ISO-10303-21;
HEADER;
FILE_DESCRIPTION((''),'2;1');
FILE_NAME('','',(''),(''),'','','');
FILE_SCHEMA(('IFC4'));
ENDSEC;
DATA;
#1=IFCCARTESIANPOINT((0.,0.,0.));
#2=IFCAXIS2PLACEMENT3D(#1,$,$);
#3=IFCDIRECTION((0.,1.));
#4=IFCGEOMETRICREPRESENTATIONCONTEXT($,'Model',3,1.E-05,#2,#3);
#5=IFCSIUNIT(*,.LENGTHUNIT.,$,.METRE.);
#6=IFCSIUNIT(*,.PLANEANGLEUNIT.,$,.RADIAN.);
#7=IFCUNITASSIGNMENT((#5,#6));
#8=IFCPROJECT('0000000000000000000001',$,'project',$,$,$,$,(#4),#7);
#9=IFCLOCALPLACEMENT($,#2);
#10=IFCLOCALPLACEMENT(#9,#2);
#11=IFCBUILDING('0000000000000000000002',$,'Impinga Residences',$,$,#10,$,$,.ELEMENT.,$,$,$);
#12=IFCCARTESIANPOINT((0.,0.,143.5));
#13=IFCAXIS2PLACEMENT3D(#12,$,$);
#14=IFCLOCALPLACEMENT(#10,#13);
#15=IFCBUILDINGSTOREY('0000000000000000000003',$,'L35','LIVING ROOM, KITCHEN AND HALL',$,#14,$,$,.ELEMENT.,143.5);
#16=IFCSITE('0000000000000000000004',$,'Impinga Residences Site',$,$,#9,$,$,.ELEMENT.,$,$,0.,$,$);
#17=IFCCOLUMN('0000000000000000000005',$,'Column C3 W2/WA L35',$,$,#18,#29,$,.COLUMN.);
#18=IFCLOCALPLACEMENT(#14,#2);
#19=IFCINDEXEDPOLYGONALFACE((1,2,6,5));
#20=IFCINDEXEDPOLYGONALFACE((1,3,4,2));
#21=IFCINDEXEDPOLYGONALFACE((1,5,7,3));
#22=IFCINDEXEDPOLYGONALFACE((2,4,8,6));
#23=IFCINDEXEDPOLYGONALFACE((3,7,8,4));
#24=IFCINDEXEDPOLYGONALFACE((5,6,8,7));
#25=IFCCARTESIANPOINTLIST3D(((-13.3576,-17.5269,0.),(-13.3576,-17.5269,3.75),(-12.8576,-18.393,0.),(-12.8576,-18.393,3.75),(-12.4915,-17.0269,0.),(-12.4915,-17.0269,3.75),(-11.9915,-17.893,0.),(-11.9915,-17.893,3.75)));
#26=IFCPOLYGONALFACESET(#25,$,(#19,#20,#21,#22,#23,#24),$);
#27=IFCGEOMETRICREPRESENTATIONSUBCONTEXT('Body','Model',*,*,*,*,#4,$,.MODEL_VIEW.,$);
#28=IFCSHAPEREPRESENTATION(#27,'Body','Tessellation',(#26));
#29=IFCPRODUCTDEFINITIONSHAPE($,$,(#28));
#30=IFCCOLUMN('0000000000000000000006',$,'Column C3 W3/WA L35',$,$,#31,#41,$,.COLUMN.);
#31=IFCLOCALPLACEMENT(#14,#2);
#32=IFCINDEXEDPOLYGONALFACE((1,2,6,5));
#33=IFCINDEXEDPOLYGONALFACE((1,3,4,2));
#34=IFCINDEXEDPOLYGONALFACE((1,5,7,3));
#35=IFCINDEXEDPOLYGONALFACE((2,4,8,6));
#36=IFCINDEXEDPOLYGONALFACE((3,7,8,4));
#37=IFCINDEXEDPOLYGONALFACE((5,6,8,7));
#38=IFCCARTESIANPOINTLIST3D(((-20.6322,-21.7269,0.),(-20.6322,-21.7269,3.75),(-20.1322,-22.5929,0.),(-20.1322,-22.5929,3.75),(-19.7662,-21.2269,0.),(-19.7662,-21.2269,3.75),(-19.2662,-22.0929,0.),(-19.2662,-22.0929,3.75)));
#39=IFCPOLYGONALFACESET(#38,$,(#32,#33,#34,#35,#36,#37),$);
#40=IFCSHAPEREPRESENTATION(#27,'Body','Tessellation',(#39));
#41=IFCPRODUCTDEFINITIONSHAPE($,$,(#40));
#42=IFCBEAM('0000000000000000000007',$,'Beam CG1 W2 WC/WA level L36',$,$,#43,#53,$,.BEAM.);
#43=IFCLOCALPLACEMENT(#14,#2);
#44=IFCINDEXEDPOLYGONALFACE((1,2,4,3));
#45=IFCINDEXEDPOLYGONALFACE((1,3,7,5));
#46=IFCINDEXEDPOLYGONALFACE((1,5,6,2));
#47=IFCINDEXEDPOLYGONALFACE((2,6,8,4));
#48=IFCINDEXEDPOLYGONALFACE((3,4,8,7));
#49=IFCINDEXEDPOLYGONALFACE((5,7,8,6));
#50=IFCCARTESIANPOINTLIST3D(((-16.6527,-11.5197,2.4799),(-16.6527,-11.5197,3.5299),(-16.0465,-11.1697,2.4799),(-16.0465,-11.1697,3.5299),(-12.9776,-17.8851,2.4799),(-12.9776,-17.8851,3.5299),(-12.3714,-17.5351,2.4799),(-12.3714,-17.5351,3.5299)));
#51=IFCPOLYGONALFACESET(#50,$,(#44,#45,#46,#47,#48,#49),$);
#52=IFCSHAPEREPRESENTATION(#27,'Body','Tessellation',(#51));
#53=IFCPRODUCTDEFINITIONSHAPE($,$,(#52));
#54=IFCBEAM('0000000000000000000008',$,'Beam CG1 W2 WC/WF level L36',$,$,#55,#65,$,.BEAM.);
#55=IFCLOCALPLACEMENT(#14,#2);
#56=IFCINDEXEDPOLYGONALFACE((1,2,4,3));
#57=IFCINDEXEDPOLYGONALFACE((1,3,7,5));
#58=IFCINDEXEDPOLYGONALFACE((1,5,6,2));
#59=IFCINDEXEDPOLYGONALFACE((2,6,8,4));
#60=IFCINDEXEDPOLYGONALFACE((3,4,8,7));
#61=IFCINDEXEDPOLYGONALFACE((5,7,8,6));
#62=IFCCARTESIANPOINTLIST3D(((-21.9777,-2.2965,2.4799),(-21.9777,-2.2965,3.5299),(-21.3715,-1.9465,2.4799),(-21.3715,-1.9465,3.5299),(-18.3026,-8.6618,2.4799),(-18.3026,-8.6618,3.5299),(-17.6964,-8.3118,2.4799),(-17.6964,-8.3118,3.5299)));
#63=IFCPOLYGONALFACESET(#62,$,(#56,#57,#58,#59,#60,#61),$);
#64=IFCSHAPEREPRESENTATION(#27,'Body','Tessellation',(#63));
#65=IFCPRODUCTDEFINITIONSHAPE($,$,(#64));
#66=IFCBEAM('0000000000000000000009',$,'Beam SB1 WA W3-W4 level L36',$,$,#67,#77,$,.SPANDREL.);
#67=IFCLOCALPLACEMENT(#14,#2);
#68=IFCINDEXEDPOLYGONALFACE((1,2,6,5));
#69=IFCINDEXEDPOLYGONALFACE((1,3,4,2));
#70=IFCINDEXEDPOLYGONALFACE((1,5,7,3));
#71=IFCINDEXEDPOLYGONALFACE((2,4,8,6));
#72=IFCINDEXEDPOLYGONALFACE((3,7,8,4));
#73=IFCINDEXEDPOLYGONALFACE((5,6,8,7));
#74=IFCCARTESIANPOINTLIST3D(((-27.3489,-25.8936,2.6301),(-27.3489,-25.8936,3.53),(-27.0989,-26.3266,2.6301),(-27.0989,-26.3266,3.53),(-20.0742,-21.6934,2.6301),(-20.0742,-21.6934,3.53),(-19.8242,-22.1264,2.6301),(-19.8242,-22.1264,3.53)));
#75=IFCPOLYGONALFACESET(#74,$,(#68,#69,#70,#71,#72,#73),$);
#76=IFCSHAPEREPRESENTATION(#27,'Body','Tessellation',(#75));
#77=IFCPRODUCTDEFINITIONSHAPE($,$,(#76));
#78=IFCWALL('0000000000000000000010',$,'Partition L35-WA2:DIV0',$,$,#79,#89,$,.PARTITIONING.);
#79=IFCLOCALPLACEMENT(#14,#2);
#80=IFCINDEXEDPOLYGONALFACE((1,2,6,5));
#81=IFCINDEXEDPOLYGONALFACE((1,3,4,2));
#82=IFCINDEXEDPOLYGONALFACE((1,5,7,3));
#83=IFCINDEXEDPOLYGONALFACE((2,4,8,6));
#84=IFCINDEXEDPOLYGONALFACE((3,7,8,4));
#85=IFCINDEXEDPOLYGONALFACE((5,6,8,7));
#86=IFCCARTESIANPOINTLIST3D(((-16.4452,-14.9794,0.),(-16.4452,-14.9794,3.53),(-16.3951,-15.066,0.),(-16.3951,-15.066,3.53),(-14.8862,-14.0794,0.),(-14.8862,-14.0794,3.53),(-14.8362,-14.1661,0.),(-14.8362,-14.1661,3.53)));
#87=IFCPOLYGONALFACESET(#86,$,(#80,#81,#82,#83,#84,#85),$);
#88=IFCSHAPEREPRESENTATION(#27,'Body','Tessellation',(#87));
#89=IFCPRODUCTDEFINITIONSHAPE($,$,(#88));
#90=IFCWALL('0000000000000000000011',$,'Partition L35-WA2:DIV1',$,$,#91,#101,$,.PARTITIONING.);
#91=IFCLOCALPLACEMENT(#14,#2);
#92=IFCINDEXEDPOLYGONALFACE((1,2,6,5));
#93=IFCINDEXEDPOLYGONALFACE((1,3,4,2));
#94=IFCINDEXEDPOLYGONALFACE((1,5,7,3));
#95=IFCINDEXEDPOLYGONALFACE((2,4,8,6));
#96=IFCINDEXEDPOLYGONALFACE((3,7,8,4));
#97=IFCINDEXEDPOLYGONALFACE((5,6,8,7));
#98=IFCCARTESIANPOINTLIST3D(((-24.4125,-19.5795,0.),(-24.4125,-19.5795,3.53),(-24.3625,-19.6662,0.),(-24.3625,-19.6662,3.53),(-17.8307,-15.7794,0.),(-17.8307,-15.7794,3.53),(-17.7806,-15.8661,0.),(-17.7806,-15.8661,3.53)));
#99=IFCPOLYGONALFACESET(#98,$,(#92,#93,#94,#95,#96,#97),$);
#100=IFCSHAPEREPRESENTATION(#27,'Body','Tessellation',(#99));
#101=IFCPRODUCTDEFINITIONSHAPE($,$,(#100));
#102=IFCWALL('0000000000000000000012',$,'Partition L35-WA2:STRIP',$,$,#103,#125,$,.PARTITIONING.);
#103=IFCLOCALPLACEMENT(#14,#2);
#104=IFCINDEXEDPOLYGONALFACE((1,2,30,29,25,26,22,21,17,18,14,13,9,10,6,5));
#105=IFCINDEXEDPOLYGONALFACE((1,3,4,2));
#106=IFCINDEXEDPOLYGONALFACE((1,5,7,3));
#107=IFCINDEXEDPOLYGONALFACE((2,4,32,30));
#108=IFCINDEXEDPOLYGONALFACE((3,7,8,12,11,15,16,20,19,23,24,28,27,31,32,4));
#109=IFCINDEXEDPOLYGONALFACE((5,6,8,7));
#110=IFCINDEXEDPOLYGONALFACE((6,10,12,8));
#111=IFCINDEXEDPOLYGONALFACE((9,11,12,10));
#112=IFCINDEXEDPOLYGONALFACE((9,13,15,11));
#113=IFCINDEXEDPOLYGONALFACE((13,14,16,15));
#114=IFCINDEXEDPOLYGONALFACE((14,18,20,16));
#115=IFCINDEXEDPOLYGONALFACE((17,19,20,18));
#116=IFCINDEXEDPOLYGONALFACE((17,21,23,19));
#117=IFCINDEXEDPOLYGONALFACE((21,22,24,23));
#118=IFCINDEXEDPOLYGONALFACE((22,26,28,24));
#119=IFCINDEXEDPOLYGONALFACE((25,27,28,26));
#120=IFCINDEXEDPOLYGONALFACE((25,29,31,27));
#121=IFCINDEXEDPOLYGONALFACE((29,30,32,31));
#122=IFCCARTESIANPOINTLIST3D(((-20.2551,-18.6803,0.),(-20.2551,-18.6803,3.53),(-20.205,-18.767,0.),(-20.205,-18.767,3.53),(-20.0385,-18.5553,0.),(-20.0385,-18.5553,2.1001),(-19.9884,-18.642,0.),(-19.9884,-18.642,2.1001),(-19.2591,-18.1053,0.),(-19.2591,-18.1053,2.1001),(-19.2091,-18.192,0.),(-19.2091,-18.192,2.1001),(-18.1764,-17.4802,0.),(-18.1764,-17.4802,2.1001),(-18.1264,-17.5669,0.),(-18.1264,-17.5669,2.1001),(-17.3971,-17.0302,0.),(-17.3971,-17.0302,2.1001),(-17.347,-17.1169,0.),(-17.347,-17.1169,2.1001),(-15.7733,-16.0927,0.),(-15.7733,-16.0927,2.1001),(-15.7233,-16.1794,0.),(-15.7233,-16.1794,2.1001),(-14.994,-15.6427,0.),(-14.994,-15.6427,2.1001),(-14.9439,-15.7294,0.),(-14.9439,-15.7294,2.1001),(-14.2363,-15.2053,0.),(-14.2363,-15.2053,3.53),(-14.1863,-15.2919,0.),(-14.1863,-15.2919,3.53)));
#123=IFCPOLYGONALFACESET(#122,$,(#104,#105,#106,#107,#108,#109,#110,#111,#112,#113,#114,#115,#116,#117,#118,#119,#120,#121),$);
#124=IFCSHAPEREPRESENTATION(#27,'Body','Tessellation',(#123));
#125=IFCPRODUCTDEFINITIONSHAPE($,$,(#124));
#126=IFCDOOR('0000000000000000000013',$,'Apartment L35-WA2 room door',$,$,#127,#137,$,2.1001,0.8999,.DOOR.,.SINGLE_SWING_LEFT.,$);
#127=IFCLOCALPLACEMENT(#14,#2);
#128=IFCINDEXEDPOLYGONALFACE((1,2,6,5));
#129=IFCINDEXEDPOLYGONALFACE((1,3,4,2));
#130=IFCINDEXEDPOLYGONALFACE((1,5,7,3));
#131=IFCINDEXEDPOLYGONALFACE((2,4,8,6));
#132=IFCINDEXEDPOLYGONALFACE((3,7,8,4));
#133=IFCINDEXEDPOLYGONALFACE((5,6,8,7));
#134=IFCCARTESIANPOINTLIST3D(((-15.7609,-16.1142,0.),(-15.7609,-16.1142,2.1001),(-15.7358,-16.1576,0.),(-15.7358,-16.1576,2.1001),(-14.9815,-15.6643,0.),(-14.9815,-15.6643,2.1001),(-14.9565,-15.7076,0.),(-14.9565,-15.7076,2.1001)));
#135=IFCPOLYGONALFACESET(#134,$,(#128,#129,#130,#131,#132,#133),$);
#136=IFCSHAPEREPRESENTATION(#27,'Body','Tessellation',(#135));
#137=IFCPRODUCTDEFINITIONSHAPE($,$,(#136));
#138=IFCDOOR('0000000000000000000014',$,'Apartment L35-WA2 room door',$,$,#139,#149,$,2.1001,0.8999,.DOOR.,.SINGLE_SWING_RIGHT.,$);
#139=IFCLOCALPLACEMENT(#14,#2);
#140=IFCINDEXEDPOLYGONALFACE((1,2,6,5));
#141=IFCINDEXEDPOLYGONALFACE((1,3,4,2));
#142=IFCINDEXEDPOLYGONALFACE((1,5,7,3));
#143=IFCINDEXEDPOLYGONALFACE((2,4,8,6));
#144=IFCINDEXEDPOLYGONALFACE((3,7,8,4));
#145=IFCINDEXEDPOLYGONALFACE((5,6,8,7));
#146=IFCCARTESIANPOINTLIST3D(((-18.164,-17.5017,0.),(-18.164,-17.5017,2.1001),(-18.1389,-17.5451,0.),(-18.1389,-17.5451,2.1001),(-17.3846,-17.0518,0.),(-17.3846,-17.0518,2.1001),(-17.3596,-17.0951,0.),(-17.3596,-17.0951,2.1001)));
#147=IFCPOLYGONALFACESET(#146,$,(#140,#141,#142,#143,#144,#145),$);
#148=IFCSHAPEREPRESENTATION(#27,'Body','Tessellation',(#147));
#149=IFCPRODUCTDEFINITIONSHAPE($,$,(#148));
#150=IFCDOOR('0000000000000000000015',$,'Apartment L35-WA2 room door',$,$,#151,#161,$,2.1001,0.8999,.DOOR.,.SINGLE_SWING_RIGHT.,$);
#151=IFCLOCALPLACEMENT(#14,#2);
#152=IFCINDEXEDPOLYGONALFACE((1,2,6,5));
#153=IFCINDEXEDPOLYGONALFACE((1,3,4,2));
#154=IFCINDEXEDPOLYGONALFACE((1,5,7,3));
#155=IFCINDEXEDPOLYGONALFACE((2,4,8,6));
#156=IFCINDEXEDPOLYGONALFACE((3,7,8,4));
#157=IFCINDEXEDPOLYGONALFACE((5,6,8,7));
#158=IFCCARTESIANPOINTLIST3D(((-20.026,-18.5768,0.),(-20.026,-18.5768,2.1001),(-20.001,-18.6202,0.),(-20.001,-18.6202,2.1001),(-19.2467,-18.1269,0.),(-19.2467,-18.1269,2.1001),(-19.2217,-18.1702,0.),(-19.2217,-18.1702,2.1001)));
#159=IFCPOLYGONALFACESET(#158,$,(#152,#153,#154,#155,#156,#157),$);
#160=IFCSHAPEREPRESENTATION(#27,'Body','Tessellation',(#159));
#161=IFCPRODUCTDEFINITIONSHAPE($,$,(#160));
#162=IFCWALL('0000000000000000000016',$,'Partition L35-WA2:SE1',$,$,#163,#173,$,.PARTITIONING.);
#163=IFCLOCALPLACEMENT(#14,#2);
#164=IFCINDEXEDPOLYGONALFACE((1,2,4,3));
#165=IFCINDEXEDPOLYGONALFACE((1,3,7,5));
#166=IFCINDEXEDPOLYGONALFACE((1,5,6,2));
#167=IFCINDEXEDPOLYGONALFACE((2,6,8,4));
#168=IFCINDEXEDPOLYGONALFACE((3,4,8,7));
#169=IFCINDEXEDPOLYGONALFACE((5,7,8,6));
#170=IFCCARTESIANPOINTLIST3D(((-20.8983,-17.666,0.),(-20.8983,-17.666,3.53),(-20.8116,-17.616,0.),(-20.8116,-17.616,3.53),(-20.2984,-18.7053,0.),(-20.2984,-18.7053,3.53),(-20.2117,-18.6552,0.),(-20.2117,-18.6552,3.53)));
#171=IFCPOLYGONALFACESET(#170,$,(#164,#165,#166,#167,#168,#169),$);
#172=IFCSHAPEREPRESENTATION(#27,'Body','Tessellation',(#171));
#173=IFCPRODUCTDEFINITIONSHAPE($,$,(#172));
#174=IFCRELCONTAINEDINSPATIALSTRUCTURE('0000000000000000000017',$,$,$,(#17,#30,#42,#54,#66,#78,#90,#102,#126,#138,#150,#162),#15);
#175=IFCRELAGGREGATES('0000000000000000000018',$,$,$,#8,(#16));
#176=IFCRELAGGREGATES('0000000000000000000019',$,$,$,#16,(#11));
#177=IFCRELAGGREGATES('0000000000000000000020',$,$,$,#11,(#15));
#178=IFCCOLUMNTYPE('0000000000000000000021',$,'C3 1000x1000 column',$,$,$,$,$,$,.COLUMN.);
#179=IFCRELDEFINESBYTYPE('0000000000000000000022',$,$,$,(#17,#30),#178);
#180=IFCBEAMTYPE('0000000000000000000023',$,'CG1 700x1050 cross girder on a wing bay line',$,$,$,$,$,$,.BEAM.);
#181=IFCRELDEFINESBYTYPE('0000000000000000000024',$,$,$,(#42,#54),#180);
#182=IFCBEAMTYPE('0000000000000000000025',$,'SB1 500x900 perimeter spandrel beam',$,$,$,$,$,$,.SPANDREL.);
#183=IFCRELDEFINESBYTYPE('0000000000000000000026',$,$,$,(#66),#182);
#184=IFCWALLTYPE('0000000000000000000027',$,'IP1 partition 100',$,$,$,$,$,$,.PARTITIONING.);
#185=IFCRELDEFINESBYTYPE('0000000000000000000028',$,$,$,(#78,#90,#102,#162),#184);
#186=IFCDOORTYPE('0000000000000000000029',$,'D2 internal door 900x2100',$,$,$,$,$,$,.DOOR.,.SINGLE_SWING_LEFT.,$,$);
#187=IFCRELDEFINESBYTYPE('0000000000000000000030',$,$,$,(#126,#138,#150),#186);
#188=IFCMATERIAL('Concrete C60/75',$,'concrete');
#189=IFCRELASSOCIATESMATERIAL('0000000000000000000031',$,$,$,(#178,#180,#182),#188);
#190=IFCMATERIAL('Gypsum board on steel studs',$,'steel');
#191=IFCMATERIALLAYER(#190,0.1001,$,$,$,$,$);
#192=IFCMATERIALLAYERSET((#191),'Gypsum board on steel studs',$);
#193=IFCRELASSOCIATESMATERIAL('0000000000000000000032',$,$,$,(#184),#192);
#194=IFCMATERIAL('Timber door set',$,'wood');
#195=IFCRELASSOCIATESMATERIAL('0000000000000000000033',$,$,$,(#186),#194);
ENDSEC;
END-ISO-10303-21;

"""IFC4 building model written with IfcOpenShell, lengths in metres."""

from ifc_helpers import new_model, si_unit, direction, frame, frame_2d, origin, origin_2d, place, context, subcontext, project, spatial, rectangle, extrude, material, layer, layer_set, material_profile, profile_set, type_object, element, fill, save


model = new_model("IFC4")

# Units and contexts
model_context = context("Model", 3, precision=1e-05, world=origin(), true_north=direction((0.0, 1.0)))
body_context = subcontext(model_context, "Body", "Model", "MODEL_VIEW")
ifc_project = project(units=[si_unit("LENGTHUNIT", "METRE"), si_unit("PLANEANGLEUNIT", "RADIAN")], contexts=[model_context])

# Site, building, storey
site_placement = place(None, origin())
site = spatial("IfcSite", under=ifc_project, at=site_placement, Name="Impinga Residences Site", CompositionType="ELEMENT", RefElevation=0.0)
building_placement = place(site_placement, origin())
building = spatial("IfcBuilding", under=site, at=building_placement, Name="Impinga Residences", CompositionType="ELEMENT")
storey_placement = place(building_placement, frame((0.0, 0.0, 143.5)))
storey = spatial("IfcBuildingStorey", under=building, at=storey_placement, Name="L35", Description="LIVING ROOM, KITCHEN AND HALL", CompositionType="ELEMENT", Elevation=143.5)

# Columns
ifc_material_1 = material(Name="Concrete C60/75", Category="concrete")
ifc_material_profile_1 = material_profile(ifc_material_1, rectangle(XDim=1.0, YDim=1.0, at=origin_2d()), Name="RC 1000x1000")
ifc_profile_set_1 = profile_set([ifc_material_profile_1], Name="Concrete C60/75")
column_type = type_object("IfcColumnType", Name="C3 1000x1000 column", PredefinedType="COLUMN", material=ifc_profile_set_1)
for number, where, z_axis, x_axis, name in (
    (1, (-12.6746, -17.71, 0.0), (0.0, 0.0, 1.0), (-0.5, 0.866025, 0.0), "Column C3 W2/WA L35"),
    (2, (-19.9492, -21.9099, 0.0), (0.0, 0.0, 1.0), (-0.5, 0.866025, 0.0), "Column C3 W3/WA L35"),
):
    element("IfcColumn", number, at=place(storey_placement, frame(where, z_axis=z_axis, x_axis=x_axis)), inside=storey, type_object=column_type, Name=name, PredefinedType="COLUMN", context=body_context, shape_type="SweptSolid", body=[
        extrude(rectangle(XDim=1.0, YDim=1.0, at=origin_2d()), origin(), (0.0, 0.0, 1.0), 3.75),
    ])

# Beams
ifc_material_profile_2 = material_profile(ifc_material_1, rectangle(XDim=0.7, YDim=1.05, at=origin_2d()), Name="RC 700x1050")
ifc_profile_set_2 = profile_set([ifc_material_profile_2], Name="Concrete C60/75")
beam_type_1 = type_object("IfcBeamType", Name="CG1 700x1050 cross girder on a wing bay line", PredefinedType="BEAM", material=ifc_profile_set_2)
for number, where, z_axis, x_axis, name in (
    (3, (-16.3496, -11.3447, 3.0049), (0.500008, -0.866021, 0.0), (0.866021, 0.500008, 0.0), "Beam CG1 W2 WC/WA level L36"),
    (4, (-17.9995, -8.4868, 3.0049), (-0.500008, 0.866021, 0.0), (-0.866021, -0.500008, 0.0), "Beam CG1 W2 WC/WF level L36"),
):
    element("IfcBeam", number, at=place(storey_placement, frame(where, z_axis=z_axis, x_axis=x_axis)), inside=storey, type_object=beam_type_1, Name=name, PredefinedType="BEAM", context=body_context, shape_type="SweptSolid", body=[
        extrude(rectangle(XDim=0.7, YDim=1.05, at=origin_2d()), origin(), (0.0, 0.0, 1.0), 7.3501),
    ])
ifc_material_profile_3 = material_profile(ifc_material_1, rectangle(XDim=0.5, YDim=0.8999, at=origin_2d()), Name="RC 500x900")
ifc_profile_set_3 = profile_set([ifc_material_profile_3], Name="Concrete C60/75")
beam_type_2 = type_object("IfcBeamType", Name="SB1 500x900 perimeter spandrel beam", PredefinedType="SPANDREL", material=ifc_profile_set_3)
beam_placement = place(storey_placement, frame((-19.9492, -21.9099, 3.0801), z_axis=(-0.866017, -0.500015, 0.0), x_axis=(0.500015, -0.866017, 0.0)))
element("IfcBeam", 5, at=beam_placement, inside=storey, type_object=beam_type_2, Name="Beam SB1 WA W3-W4 level L36", PredefinedType="SPANDREL", context=body_context, shape_type="SweptSolid", body=[
    extrude(rectangle(XDim=0.5, YDim=0.8999, at=origin_2d()), origin(), (0.0, 0.0, 1.0), 8.4001),
])

# Walls
ifc_material_2 = material(Name="Gypsum board on steel studs", Category="steel")
ifc_layer_1 = layer(ifc_material_2, 0.1001)
ifc_layer_set_1 = layer_set([ifc_layer_1], Name="Gypsum board on steel studs")
wall_type_1 = type_object("IfcWallType", Name="IP1 partition 100", PredefinedType="PARTITIONING", material=ifc_layer_set_1)
wall_1_placement = place(storey_placement, frame((-14.8613, -14.1228, 0.0), z_axis=(0.0, 0.0, 1.0), x_axis=(-0.866048, -0.499961, 0.0)))
element("IfcWall", 6, at=wall_1_placement, inside=storey, type_object=wall_type_1, Name="Partition L35-WA2:DIV0", PredefinedType="PARTITIONING", context=body_context, shape_type="SweptSolid", body=[
    extrude(rectangle(XDim=1.8, YDim=0.1001, at=frame_2d((0.8999, 0.0))), origin(), (0.0, 0.0, 1.0), 3.53),
])
wall_2_placement = place(storey_placement, frame((-17.8057, -15.8228, 0.0), z_axis=(0.0, 0.0, 1.0), x_axis=(-0.866022, -0.500005, 0.0)))
element("IfcWall", 7, at=wall_2_placement, inside=storey, type_object=wall_type_1, Name="Partition L35-WA2:DIV1", PredefinedType="PARTITIONING", context=body_context, shape_type="SweptSolid", body=[
    extrude(rectangle(XDim=7.6001, YDim=0.1001, at=frame_2d((3.8, 0.0))), origin(), (0.0, 0.0, 1.0), 3.53),
])

# Wall, openings, doors
wall_3_placement = place(storey_placement, frame((-14.2112, -15.2485, 0.0), z_axis=(0.0, 0.0, 1.0), x_axis=(-0.866017, -0.500015, 0.0)))
wall_3 = element("IfcWall", 8, at=wall_3_placement, inside=storey, type_object=wall_type_1, Name="Partition L35-WA2:STRIP", PredefinedType="PARTITIONING", context=body_context, shape_type="SweptSolid", body=[
    extrude(rectangle(XDim=6.95, YDim=0.1001, at=frame_2d((3.4751, 0.0))), origin(), (0.0, 0.0, 1.0), 3.53),
])
opening_1_placement = place(wall_3_placement, frame((0.875, 0.0, 0.0)))
opening_1 = element("IfcOpeningElement", 9, at=opening_1_placement, cuts=wall_3, PredefinedType="OPENING", context=body_context, shape_type="SweptSolid", body=[
    extrude(rectangle(XDim=0.8999, YDim=2.1001, at=frame_2d((0.45, 1.05))), frame((0.0, 0.0601, 0.0), z_axis=(0.0, -1.0, 0.0), x_axis=(1.0, 0.0, 0.0)), (0.0, 0.0, 1.0), 0.1201),
])
opening_2_placement = place(wall_3_placement, frame((3.6499, 0.0, 0.0)))
opening_2 = element("IfcOpeningElement", 10, at=opening_2_placement, cuts=wall_3, PredefinedType="OPENING", context=body_context, shape_type="SweptSolid", body=[
    extrude(rectangle(XDim=0.8999, YDim=2.1001, at=frame_2d((0.45, 1.05))), frame((0.0, 0.0601, 0.0), z_axis=(0.0, -1.0, 0.0), x_axis=(1.0, 0.0, 0.0)), (0.0, 0.0, 1.0), 0.1201),
])
opening_3_placement = place(wall_3_placement, frame((5.8, 0.0, 0.0)))
opening_3 = element("IfcOpeningElement", 11, at=opening_3_placement, cuts=wall_3, PredefinedType="OPENING", context=body_context, shape_type="SweptSolid", body=[
    extrude(rectangle(XDim=0.8999, YDim=2.1001, at=frame_2d((0.45, 1.05))), frame((0.0, 0.0601, 0.0), z_axis=(0.0, -1.0, 0.0), x_axis=(1.0, 0.0, 0.0)), (0.0, 0.0, 1.0), 0.1201),
])
ifc_material_3 = material(Name="Timber door set", Category="wood")
door_type = type_object("IfcDoorType", Name="D2 internal door 900x2100", OperationType="SINGLE_SWING_LEFT", PredefinedType="DOOR", material=ifc_material_3)
door_1_placement = place(opening_1_placement, origin())
door_1 = element("IfcDoor", 12, at=door_1_placement, inside=storey, type_object=door_type, Name="Apartment L35-WA2 room door", OperationType="SINGLE_SWING_LEFT", OverallHeight=2.1001, OverallWidth=0.8999, PredefinedType="DOOR", context=body_context, shape_type="SweptSolid", body=[
    extrude(rectangle(XDim=0.8999, YDim=2.1001, at=frame_2d((0.45, 1.05))), frame((0.0, 0.0249, 0.0), z_axis=(0.0, -1.0, 0.0), x_axis=(1.0, 0.0, 0.0)), (0.0, 0.0, 1.0), 0.05),
])
fill(opening_1, door_1)
door_2_placement = place(opening_2_placement, origin())
door_2 = element("IfcDoor", 13, at=door_2_placement, inside=storey, type_object=door_type, Name="Apartment L35-WA2 room door", OperationType="SINGLE_SWING_RIGHT", OverallHeight=2.1001, OverallWidth=0.8999, PredefinedType="DOOR", context=body_context, shape_type="SweptSolid", body=[
    extrude(rectangle(XDim=0.8999, YDim=2.1001, at=frame_2d((0.45, 1.05))), frame((0.0, 0.0249, 0.0), z_axis=(0.0, -1.0, 0.0), x_axis=(1.0, 0.0, 0.0)), (0.0, 0.0, 1.0), 0.05),
])
fill(opening_2, door_2)
door_3_placement = place(opening_3_placement, origin())
door_3 = element("IfcDoor", 14, at=door_3_placement, inside=storey, type_object=door_type, Name="Apartment L35-WA2 room door", OperationType="SINGLE_SWING_RIGHT", OverallHeight=2.1001, OverallWidth=0.8999, PredefinedType="DOOR", context=body_context, shape_type="SweptSolid", body=[
    extrude(rectangle(XDim=0.8999, YDim=2.1001, at=frame_2d((0.45, 1.05))), frame((0.0, 0.0249, 0.0), z_axis=(0.0, -1.0, 0.0), x_axis=(1.0, 0.0, 0.0)), (0.0, 0.0, 1.0), 0.05),
])
fill(opening_3, door_3)

# Wall
wall_4_placement = place(storey_placement, frame((-20.855, -17.6409, 0.0), z_axis=(0.0, 0.0, 1.0), x_axis=(0.499881, -0.866094, 0.0)))
element("IfcWall", 15, at=wall_4_placement, inside=storey, type_object=wall_type_1, Name="Partition L35-WA2:SE1", PredefinedType="PARTITIONING", context=body_context, shape_type="SweptSolid", body=[
    extrude(rectangle(XDim=1.2, YDim=0.1001, at=frame_2d((0.6001, 0.0))), origin(), (0.0, 0.0, 1.0), 3.53),
])

save(model, "model.ifc")
